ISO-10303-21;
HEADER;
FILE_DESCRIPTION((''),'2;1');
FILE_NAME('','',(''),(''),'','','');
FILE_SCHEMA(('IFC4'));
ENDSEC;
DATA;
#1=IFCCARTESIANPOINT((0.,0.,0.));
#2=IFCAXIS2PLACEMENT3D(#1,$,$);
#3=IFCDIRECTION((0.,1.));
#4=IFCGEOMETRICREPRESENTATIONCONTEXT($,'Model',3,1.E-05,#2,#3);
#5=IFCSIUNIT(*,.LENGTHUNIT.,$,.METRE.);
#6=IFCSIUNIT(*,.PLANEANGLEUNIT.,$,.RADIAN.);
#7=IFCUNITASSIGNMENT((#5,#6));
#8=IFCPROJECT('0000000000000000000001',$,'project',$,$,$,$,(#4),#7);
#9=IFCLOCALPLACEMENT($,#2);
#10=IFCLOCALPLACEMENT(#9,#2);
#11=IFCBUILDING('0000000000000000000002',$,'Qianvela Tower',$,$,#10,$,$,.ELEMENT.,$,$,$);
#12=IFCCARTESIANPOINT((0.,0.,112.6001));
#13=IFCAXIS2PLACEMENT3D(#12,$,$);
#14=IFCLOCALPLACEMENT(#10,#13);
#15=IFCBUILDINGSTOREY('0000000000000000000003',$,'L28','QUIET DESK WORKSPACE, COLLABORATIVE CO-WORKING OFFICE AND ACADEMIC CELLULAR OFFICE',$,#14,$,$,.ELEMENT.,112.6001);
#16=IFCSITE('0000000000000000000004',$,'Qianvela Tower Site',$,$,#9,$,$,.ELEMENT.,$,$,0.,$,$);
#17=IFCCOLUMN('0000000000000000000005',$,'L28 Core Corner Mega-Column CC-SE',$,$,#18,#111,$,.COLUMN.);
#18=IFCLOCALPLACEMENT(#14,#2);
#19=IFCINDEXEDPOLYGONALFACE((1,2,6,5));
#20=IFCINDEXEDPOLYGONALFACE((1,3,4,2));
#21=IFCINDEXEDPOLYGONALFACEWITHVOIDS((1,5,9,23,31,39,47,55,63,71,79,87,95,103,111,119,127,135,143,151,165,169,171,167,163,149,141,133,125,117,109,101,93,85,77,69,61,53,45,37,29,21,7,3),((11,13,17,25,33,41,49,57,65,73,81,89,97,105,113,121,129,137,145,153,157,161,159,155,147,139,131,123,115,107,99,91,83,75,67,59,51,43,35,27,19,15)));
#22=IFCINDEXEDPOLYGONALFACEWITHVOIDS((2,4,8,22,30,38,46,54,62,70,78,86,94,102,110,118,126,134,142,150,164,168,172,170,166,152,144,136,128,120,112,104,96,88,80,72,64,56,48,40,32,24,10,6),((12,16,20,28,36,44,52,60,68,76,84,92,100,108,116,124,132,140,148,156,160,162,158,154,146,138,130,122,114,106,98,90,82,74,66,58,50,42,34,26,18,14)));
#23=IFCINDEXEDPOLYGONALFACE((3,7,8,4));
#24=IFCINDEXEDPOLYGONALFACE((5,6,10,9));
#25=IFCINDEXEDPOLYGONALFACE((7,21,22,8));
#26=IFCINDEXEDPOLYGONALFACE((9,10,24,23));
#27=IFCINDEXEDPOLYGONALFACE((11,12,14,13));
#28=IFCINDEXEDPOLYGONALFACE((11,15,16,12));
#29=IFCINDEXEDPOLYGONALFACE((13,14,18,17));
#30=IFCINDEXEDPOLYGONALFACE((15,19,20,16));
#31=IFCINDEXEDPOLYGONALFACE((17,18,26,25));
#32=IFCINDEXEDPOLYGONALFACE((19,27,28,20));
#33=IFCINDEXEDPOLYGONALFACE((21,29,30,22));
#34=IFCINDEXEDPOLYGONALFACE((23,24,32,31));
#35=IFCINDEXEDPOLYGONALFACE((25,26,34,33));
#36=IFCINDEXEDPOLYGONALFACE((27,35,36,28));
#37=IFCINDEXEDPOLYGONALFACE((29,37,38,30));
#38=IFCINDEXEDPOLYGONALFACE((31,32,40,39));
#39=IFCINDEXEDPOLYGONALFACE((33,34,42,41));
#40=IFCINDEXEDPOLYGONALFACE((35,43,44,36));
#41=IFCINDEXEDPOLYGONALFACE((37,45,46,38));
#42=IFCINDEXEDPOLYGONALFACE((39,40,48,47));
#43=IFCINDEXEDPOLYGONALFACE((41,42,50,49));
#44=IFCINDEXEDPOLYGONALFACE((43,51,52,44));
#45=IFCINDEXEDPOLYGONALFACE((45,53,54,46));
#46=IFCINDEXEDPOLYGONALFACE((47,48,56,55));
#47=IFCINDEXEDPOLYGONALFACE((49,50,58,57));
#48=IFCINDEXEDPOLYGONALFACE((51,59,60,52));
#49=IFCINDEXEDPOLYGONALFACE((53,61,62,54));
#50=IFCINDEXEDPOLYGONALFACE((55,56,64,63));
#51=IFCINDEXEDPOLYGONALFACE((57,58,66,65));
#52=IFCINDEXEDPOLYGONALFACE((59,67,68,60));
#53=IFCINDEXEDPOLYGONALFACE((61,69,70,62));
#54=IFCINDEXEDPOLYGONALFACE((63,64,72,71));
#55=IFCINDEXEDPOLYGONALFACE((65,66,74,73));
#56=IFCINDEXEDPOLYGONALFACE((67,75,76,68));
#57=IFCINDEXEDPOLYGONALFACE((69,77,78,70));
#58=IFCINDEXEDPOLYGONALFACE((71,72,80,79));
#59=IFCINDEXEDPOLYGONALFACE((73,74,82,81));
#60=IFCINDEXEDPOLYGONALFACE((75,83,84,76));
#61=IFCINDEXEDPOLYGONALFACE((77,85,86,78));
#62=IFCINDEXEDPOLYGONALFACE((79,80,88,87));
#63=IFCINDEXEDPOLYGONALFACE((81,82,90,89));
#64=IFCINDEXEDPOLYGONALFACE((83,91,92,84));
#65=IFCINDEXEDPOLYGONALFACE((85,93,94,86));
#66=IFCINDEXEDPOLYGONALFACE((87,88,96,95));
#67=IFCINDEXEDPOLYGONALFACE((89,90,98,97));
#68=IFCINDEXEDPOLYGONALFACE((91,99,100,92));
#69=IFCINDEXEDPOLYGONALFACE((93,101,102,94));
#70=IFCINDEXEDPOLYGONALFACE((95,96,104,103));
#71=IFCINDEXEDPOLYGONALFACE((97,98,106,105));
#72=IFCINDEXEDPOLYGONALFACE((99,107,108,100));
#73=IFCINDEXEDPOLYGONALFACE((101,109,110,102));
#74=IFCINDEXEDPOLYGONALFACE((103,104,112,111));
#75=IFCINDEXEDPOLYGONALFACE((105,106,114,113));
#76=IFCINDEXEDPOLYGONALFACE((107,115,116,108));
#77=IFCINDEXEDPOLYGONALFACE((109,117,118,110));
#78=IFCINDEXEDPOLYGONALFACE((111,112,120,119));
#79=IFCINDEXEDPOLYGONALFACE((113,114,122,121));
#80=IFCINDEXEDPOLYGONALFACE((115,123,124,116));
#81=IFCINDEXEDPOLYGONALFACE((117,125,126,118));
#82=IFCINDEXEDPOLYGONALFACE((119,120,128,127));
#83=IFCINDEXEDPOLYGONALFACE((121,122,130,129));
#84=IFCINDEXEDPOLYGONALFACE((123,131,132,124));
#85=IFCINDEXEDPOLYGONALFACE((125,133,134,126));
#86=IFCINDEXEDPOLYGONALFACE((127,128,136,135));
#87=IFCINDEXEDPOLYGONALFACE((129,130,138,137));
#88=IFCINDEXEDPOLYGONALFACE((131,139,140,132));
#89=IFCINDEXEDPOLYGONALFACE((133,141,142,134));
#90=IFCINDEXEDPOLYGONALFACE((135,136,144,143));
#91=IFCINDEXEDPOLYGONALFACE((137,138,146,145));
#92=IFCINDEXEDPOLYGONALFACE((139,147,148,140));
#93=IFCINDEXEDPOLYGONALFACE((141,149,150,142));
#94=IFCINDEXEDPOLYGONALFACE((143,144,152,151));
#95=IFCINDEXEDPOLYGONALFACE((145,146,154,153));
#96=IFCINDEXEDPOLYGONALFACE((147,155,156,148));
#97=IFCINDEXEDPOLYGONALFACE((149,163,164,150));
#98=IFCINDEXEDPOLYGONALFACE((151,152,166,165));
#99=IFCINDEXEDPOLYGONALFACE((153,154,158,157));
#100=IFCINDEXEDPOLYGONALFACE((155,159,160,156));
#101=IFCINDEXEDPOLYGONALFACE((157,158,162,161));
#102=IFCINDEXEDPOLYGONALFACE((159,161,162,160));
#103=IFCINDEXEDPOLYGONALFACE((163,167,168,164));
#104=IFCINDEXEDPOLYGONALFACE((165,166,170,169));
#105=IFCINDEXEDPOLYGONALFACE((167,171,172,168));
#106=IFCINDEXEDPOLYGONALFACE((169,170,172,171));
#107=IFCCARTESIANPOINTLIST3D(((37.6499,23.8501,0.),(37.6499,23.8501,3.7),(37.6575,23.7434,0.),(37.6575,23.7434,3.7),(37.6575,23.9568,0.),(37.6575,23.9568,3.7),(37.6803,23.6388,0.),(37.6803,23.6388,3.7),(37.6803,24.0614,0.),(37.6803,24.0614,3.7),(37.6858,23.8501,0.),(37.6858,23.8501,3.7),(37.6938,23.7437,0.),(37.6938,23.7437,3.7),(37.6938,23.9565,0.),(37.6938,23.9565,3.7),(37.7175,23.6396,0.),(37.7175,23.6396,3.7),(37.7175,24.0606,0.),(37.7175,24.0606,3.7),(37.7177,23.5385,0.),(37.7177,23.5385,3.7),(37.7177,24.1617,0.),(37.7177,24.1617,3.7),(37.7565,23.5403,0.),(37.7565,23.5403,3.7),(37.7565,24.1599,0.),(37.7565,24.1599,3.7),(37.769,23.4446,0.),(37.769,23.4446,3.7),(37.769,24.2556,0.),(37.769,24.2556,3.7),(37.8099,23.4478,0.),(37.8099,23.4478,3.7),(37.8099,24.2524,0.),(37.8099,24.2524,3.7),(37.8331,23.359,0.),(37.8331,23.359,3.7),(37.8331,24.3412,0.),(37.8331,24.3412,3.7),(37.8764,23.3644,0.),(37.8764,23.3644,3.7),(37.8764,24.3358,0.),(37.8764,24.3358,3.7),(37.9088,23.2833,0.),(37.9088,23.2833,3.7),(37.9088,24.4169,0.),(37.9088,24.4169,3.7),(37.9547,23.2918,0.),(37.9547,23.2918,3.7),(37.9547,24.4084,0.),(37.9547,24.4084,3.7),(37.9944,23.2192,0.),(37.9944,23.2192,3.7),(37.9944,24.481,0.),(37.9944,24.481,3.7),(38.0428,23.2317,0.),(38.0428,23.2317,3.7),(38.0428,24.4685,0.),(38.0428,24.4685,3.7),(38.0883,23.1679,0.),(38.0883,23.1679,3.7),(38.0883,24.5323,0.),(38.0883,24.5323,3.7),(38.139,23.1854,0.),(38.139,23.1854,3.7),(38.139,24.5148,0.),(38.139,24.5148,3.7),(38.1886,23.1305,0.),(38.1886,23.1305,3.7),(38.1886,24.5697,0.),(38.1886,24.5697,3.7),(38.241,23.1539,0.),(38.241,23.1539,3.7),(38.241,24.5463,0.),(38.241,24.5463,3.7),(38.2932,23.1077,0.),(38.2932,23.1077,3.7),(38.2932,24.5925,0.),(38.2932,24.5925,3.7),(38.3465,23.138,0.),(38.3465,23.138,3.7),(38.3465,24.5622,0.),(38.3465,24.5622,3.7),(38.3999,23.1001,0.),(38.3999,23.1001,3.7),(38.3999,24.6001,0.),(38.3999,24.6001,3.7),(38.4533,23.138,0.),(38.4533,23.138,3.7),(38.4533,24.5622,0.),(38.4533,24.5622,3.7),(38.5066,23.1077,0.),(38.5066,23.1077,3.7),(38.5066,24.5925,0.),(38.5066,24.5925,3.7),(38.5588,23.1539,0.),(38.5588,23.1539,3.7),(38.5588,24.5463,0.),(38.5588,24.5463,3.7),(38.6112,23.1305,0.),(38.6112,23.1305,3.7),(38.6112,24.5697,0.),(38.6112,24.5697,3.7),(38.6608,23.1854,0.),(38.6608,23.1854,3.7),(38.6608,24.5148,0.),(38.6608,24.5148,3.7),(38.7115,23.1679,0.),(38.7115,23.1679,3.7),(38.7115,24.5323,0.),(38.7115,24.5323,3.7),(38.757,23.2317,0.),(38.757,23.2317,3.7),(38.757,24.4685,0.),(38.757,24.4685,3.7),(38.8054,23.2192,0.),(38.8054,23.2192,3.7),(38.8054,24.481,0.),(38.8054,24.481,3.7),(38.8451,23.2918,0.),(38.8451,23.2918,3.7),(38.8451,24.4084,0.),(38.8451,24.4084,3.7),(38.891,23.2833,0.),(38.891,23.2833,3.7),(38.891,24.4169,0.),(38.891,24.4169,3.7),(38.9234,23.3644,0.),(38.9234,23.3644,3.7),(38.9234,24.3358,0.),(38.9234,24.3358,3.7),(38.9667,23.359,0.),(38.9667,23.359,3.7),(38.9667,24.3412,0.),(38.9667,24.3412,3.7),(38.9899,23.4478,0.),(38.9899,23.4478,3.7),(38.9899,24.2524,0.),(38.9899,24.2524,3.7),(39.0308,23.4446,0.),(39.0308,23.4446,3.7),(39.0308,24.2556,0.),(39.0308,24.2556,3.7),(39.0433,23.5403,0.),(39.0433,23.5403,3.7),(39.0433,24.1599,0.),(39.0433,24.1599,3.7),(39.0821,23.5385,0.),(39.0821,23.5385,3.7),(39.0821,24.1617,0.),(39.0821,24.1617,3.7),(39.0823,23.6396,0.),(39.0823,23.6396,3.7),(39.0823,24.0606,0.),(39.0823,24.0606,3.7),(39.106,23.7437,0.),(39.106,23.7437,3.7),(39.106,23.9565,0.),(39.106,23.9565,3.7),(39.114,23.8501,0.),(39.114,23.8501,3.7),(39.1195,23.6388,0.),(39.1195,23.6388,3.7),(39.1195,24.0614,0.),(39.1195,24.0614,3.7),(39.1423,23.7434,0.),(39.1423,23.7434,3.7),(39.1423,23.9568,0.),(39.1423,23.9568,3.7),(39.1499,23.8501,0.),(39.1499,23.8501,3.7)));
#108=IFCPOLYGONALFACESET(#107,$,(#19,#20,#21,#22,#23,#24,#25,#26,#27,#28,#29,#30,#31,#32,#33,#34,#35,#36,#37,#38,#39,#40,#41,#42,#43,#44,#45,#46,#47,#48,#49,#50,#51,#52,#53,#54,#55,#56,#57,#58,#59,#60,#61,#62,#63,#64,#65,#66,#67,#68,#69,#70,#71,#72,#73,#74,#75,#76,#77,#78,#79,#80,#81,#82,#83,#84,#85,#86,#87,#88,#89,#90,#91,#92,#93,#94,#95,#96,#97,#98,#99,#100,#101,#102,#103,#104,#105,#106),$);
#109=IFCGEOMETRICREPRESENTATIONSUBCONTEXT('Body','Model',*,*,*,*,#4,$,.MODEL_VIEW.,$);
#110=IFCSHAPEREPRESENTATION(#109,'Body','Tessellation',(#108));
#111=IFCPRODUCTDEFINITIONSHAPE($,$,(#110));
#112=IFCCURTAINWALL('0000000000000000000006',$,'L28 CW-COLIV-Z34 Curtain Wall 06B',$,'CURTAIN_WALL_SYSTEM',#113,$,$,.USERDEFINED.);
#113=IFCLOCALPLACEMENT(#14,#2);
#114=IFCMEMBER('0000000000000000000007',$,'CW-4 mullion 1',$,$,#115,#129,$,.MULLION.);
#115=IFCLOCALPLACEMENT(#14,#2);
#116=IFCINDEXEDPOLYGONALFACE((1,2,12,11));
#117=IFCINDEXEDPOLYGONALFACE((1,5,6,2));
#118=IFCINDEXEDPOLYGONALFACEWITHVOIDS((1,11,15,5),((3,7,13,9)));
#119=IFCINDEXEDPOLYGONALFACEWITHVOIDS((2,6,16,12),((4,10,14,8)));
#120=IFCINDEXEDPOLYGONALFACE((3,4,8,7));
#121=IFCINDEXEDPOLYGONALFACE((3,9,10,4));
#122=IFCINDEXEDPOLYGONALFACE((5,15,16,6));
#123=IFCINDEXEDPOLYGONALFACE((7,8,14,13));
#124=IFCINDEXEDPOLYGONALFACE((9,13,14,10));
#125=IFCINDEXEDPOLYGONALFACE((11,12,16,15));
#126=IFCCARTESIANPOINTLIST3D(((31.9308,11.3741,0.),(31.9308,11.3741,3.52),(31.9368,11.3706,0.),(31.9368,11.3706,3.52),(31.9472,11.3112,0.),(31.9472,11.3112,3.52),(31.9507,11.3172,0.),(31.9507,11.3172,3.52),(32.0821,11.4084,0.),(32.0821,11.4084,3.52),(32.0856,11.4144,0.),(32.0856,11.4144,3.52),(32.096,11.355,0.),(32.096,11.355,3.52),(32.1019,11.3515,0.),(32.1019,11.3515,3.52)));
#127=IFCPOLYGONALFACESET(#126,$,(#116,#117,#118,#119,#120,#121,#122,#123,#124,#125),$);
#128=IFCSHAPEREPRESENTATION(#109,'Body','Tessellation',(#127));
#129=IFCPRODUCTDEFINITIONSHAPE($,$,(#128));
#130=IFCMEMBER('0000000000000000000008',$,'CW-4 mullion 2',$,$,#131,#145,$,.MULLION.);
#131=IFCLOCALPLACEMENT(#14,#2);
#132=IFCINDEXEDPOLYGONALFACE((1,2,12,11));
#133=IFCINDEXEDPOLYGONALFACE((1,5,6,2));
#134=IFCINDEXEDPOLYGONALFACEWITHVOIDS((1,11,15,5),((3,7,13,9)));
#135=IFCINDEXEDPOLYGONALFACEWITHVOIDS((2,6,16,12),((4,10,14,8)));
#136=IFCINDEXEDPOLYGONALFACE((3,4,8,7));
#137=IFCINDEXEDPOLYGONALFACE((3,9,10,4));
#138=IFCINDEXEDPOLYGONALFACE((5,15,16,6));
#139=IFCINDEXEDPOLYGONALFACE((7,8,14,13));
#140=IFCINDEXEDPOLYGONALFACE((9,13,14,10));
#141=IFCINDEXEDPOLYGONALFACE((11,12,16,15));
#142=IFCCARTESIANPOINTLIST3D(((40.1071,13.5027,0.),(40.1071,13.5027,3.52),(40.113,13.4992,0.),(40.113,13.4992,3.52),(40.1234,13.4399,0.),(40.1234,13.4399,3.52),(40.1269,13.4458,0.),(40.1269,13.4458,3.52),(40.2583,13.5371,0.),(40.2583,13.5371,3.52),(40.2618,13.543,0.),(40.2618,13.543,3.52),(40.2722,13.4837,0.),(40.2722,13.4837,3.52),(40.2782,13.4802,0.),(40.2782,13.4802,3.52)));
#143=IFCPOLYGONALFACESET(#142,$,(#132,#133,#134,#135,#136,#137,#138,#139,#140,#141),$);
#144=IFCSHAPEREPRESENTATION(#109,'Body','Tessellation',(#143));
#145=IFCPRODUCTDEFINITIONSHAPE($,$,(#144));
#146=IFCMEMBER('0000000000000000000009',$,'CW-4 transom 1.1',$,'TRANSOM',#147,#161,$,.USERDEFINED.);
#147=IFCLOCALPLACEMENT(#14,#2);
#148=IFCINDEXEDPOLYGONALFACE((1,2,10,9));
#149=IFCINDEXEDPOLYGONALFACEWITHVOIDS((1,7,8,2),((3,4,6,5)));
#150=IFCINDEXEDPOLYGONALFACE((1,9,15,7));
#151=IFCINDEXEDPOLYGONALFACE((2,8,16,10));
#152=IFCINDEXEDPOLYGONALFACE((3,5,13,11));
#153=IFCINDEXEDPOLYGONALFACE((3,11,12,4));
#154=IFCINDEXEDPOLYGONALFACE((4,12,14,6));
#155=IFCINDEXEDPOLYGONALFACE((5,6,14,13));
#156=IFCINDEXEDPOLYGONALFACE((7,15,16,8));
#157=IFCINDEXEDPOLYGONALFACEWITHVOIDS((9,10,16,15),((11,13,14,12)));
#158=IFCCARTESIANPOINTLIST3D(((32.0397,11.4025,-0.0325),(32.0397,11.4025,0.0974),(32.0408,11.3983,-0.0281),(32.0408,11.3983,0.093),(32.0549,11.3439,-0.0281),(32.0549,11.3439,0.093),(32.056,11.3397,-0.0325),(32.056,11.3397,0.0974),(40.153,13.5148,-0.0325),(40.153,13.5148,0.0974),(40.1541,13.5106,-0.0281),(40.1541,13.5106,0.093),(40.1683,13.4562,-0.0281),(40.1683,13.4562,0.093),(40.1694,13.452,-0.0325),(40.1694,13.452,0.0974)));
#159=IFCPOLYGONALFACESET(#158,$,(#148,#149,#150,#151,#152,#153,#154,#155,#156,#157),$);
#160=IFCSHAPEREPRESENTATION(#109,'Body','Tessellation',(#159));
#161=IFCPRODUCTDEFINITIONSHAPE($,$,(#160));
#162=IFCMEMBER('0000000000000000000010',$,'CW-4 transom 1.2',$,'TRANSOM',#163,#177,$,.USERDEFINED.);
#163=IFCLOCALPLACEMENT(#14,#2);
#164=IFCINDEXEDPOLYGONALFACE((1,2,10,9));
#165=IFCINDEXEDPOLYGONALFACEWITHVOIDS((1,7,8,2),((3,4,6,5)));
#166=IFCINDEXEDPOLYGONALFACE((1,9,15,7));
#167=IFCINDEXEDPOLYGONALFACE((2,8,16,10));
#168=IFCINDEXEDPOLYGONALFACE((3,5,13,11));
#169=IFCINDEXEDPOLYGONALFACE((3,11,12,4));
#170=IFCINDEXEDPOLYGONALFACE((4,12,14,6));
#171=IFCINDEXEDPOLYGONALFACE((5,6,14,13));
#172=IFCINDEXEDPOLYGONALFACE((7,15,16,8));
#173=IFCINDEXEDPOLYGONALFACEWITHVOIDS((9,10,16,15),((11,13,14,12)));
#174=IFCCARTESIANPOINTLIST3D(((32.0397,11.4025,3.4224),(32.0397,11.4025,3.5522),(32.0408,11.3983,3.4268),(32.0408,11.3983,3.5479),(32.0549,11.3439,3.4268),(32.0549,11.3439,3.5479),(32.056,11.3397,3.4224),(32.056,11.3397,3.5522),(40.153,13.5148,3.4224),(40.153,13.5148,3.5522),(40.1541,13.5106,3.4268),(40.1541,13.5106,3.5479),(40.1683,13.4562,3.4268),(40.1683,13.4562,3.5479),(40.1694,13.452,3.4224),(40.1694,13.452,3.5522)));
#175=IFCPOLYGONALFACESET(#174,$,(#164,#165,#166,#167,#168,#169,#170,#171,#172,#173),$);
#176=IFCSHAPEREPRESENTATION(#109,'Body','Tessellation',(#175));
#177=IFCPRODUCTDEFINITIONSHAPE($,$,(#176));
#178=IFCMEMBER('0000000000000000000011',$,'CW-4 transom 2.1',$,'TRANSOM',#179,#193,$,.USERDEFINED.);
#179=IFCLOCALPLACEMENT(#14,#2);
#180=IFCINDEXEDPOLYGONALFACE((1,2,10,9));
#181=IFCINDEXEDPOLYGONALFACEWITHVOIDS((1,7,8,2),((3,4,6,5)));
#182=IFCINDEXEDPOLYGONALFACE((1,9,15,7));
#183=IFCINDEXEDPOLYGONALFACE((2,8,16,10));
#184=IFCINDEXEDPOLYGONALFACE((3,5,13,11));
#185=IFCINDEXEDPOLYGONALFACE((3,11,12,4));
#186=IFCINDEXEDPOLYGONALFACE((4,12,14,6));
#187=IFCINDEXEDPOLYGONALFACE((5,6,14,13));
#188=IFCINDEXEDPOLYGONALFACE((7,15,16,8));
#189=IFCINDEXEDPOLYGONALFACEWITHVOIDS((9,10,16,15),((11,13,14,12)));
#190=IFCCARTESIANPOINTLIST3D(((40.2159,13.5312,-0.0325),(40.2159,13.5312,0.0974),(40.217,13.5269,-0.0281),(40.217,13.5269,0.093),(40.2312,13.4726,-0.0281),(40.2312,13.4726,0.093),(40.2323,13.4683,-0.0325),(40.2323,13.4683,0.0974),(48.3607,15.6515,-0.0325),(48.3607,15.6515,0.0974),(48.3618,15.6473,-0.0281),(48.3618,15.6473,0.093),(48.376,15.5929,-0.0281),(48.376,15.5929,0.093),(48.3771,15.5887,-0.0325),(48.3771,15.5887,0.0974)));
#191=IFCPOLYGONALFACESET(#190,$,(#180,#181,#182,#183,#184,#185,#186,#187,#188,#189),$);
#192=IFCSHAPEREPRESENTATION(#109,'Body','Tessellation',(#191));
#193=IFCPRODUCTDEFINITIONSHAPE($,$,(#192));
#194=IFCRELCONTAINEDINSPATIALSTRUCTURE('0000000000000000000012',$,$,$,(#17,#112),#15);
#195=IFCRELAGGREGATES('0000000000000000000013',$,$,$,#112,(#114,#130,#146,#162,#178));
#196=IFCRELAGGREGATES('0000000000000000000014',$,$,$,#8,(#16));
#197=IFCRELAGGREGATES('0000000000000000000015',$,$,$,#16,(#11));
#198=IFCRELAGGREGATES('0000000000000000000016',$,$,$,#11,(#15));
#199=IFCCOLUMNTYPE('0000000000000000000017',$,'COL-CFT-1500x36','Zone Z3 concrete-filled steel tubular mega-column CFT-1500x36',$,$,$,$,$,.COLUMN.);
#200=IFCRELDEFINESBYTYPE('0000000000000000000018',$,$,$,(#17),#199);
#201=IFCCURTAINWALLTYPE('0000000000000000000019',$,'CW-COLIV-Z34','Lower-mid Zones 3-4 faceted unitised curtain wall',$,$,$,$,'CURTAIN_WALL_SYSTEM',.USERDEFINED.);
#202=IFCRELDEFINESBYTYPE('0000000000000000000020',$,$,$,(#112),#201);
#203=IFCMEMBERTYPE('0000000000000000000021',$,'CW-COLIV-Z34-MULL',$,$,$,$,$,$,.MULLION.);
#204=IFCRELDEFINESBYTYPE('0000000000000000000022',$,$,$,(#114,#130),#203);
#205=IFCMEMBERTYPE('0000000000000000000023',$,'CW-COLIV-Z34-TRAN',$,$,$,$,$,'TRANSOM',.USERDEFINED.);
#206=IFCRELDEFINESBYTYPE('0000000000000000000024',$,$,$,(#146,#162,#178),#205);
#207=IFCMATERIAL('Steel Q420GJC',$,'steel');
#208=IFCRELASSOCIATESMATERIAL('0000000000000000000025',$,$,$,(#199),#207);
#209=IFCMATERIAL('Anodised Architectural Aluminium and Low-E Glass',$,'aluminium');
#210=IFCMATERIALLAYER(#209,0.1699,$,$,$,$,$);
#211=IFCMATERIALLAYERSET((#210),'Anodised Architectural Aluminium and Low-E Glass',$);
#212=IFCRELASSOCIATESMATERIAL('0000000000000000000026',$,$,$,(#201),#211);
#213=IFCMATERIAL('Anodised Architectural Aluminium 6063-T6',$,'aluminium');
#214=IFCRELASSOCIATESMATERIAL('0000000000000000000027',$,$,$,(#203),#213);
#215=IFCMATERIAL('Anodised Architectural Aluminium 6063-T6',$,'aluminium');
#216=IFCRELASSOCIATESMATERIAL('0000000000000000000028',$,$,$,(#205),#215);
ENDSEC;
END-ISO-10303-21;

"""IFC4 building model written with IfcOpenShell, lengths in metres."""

from ifc_helpers import new_model, si_unit, direction, frame, origin, origin_2d, place, context, subcontext, project, spatial, hollow_rectangle, hollow_circle, extrude, material, layer, layer_set, material_profile, profile_set, type_object, element, aggregate, save


model = new_model("IFC4")

# Units and contexts
model_context = context("Model", 3, precision=1e-05, world=origin(), true_north=direction((0.0, 1.0)))
body_context = subcontext(model_context, "Body", "Model", "MODEL_VIEW")
ifc_project = project(units=[si_unit("LENGTHUNIT", "METRE"), si_unit("PLANEANGLEUNIT", "RADIAN")], contexts=[model_context])

# Site, building, storey
site_placement = place(None, origin())
site = spatial("IfcSite", under=ifc_project, at=site_placement, Name="Qianvela Tower Site", CompositionType="ELEMENT", RefElevation=0.0)
building_placement = place(site_placement, origin())
building = spatial("IfcBuilding", under=site, at=building_placement, Name="Qianvela Tower", CompositionType="ELEMENT")
storey_placement = place(building_placement, frame((0.0, 0.0, 112.6001)))
storey = spatial("IfcBuildingStorey", under=building, at=storey_placement, Name="L28", Description="QUIET DESK WORKSPACE, COLLABORATIVE CO-WORKING OFFICE AND ACADEMIC CELLULAR OFFICE", CompositionType="ELEMENT", Elevation=112.6001)

# Column
ifc_material_1 = material(Name="Steel Q420GJC", Category="steel")
ifc_material_profile_1 = material_profile(ifc_material_1, hollow_circle(Radius=0.75, WallThickness=0.0359, at=origin_2d()), Name="CFT-1500x36")
ifc_profile_set_1 = profile_set([ifc_material_profile_1], Name="Steel Q420GJC")
column_type = type_object("IfcColumnType", Name="COL-CFT-1500x36", Description="Zone Z3 concrete-filled steel tubular mega-column CFT-1500x36", PredefinedType="COLUMN", material=ifc_profile_set_1)
column_placement = place(storey_placement, frame((38.3999, 23.8501, 0.0), z_axis=(0.0, 0.0, 1.0), x_axis=(1.0, 0.0, 0.0)))
element("IfcColumn", 1, at=column_placement, inside=storey, type_object=column_type, Name="L28 Core Corner Mega-Column CC-SE", PredefinedType="COLUMN", context=body_context, shape_type="SweptSolid", body=[
    extrude(hollow_circle(Radius=0.75, WallThickness=0.0359, at=origin_2d()), origin(), (0.0, 0.0, 1.0), 3.7),
])

# Curtain wall, members
ifc_material_2 = material(Name="Anodised Architectural Aluminium and Low-E Glass", Category="aluminium")
ifc_layer_1 = layer(ifc_material_2, 0.1699)
ifc_layer_set_1 = layer_set([ifc_layer_1], Name="Anodised Architectural Aluminium and Low-E Glass")
curtain_wall_type = type_object("IfcCurtainWallType", Name="CW-COLIV-Z34", Description="Lower-mid Zones 3-4 faceted unitised curtain wall", ElementType="CURTAIN_WALL_SYSTEM", PredefinedType="USERDEFINED", material=ifc_layer_set_1)
curtain_wall_placement = place(storey_placement, origin())
curtain_wall = element("IfcCurtainWall", 2, at=curtain_wall_placement, inside=storey, type_object=curtain_wall_type, Name="L28 CW-COLIV-Z34 Curtain Wall 06B", ObjectType="CURTAIN_WALL_SYSTEM", PredefinedType="USERDEFINED")
ifc_material_3 = material(Name="Anodised Architectural Aluminium 6063-T6", Category="aluminium")
ifc_material_profile_2 = material_profile(ifc_material_3, hollow_rectangle(XDim=0.0649, YDim=0.1599, WallThickness=0.0049, at=origin_2d()), Name="ALU-MULL-65x160")
ifc_profile_set_2 = profile_set([ifc_material_profile_2], Name="Anodised Architectural Aluminium 6063-T6")
member_type_1 = type_object("IfcMemberType", Name="CW-COLIV-Z34-MULL", PredefinedType="MULLION", material=ifc_profile_set_2)
member_1_placement = place(storey_placement, frame((32.0164, 11.3628, 0.0), z_axis=(0.0, 0.0, 1.0), x_axis=(-0.25195, 0.96774, 0.0)))
member_1 = element("IfcMember", 3, at=member_1_placement, type_object=member_type_1, Name="CW-4 mullion 1", PredefinedType="MULLION", context=body_context, shape_type="SweptSolid", body=[
    extrude(hollow_rectangle(XDim=0.0649, YDim=0.1599, WallThickness=0.0049, at=origin_2d()), origin(), (0.0, 0.0, 1.0), 3.52),
])
member_2_placement = place(storey_placement, frame((40.1926, 13.4915, 0.0), z_axis=(0.0, 0.0, 1.0), x_axis=(-0.25195, 0.96774, 0.0)))
member_2 = element("IfcMember", 4, at=member_2_placement, type_object=member_type_1, Name="CW-4 mullion 2", PredefinedType="MULLION", context=body_context, shape_type="SweptSolid", body=[
    extrude(hollow_rectangle(XDim=0.0649, YDim=0.1599, WallThickness=0.0049, at=origin_2d()), origin(), (0.0, 0.0, 1.0), 3.52),
])
ifc_material_4 = material(Name="Anodised Architectural Aluminium 6063-T6", Category="aluminium")
ifc_material_profile_3 = material_profile(ifc_material_4, hollow_rectangle(XDim=0.0649, YDim=0.1299, WallThickness=0.0044, at=origin_2d()), Name="ALU-TRAN-65x130")
ifc_profile_set_3 = profile_set([ifc_material_profile_3], Name="Anodised Architectural Aluminium 6063-T6")
member_type_2 = type_object("IfcMemberType", Name="CW-COLIV-Z34-TRAN", ElementType="TRANSOM", PredefinedType="USERDEFINED", material=ifc_profile_set_3)
member_3_placement = place(storey_placement, frame((32.0479, 11.3711, 0.0325), z_axis=(0.96774, 0.251952, 0.0), x_axis=(-0.251952, 0.96774, 0.0)))
member_3 = element("IfcMember", 5, at=member_3_placement, type_object=member_type_2, Name="CW-4 transom 1.1", ObjectType="TRANSOM", PredefinedType="USERDEFINED", context=body_context, shape_type="SweptSolid", body=[
    extrude(hollow_rectangle(XDim=0.0649, YDim=0.1299, WallThickness=0.0044, at=origin_2d()), origin(), (0.0, 0.0, 1.0), 8.3838),
])
member_4_placement = place(storey_placement, frame((32.0479, 11.3711, 3.4873), z_axis=(0.96774, 0.251952, 0.0), x_axis=(-0.251952, 0.96774, 0.0)))
member_4 = element("IfcMember", 6, at=member_4_placement, type_object=member_type_2, Name="CW-4 transom 1.2", ObjectType="TRANSOM", PredefinedType="USERDEFINED", context=body_context, shape_type="SweptSolid", body=[
    extrude(hollow_rectangle(XDim=0.0649, YDim=0.1299, WallThickness=0.0044, at=origin_2d()), origin(), (0.0, 0.0, 1.0), 8.3838),
])
member_5_placement = place(storey_placement, frame((40.2241, 13.4998, 0.0325), z_axis=(0.967744, 0.251937, 0.0), x_axis=(-0.251937, 0.967744, 0.0)))
member_5 = element("IfcMember", 7, at=member_5_placement, type_object=member_type_2, Name="CW-4 transom 2.1", ObjectType="TRANSOM", PredefinedType="USERDEFINED", context=body_context, shape_type="SweptSolid", body=[
    extrude(hollow_rectangle(XDim=0.0649, YDim=0.1299, WallThickness=0.0044, at=origin_2d()), origin(), (0.0, 0.0, 1.0), 8.4163),
])
aggregate(curtain_wall, [member_1, member_2, member_3, member_4, member_5])

save(model, "model.ifc")
